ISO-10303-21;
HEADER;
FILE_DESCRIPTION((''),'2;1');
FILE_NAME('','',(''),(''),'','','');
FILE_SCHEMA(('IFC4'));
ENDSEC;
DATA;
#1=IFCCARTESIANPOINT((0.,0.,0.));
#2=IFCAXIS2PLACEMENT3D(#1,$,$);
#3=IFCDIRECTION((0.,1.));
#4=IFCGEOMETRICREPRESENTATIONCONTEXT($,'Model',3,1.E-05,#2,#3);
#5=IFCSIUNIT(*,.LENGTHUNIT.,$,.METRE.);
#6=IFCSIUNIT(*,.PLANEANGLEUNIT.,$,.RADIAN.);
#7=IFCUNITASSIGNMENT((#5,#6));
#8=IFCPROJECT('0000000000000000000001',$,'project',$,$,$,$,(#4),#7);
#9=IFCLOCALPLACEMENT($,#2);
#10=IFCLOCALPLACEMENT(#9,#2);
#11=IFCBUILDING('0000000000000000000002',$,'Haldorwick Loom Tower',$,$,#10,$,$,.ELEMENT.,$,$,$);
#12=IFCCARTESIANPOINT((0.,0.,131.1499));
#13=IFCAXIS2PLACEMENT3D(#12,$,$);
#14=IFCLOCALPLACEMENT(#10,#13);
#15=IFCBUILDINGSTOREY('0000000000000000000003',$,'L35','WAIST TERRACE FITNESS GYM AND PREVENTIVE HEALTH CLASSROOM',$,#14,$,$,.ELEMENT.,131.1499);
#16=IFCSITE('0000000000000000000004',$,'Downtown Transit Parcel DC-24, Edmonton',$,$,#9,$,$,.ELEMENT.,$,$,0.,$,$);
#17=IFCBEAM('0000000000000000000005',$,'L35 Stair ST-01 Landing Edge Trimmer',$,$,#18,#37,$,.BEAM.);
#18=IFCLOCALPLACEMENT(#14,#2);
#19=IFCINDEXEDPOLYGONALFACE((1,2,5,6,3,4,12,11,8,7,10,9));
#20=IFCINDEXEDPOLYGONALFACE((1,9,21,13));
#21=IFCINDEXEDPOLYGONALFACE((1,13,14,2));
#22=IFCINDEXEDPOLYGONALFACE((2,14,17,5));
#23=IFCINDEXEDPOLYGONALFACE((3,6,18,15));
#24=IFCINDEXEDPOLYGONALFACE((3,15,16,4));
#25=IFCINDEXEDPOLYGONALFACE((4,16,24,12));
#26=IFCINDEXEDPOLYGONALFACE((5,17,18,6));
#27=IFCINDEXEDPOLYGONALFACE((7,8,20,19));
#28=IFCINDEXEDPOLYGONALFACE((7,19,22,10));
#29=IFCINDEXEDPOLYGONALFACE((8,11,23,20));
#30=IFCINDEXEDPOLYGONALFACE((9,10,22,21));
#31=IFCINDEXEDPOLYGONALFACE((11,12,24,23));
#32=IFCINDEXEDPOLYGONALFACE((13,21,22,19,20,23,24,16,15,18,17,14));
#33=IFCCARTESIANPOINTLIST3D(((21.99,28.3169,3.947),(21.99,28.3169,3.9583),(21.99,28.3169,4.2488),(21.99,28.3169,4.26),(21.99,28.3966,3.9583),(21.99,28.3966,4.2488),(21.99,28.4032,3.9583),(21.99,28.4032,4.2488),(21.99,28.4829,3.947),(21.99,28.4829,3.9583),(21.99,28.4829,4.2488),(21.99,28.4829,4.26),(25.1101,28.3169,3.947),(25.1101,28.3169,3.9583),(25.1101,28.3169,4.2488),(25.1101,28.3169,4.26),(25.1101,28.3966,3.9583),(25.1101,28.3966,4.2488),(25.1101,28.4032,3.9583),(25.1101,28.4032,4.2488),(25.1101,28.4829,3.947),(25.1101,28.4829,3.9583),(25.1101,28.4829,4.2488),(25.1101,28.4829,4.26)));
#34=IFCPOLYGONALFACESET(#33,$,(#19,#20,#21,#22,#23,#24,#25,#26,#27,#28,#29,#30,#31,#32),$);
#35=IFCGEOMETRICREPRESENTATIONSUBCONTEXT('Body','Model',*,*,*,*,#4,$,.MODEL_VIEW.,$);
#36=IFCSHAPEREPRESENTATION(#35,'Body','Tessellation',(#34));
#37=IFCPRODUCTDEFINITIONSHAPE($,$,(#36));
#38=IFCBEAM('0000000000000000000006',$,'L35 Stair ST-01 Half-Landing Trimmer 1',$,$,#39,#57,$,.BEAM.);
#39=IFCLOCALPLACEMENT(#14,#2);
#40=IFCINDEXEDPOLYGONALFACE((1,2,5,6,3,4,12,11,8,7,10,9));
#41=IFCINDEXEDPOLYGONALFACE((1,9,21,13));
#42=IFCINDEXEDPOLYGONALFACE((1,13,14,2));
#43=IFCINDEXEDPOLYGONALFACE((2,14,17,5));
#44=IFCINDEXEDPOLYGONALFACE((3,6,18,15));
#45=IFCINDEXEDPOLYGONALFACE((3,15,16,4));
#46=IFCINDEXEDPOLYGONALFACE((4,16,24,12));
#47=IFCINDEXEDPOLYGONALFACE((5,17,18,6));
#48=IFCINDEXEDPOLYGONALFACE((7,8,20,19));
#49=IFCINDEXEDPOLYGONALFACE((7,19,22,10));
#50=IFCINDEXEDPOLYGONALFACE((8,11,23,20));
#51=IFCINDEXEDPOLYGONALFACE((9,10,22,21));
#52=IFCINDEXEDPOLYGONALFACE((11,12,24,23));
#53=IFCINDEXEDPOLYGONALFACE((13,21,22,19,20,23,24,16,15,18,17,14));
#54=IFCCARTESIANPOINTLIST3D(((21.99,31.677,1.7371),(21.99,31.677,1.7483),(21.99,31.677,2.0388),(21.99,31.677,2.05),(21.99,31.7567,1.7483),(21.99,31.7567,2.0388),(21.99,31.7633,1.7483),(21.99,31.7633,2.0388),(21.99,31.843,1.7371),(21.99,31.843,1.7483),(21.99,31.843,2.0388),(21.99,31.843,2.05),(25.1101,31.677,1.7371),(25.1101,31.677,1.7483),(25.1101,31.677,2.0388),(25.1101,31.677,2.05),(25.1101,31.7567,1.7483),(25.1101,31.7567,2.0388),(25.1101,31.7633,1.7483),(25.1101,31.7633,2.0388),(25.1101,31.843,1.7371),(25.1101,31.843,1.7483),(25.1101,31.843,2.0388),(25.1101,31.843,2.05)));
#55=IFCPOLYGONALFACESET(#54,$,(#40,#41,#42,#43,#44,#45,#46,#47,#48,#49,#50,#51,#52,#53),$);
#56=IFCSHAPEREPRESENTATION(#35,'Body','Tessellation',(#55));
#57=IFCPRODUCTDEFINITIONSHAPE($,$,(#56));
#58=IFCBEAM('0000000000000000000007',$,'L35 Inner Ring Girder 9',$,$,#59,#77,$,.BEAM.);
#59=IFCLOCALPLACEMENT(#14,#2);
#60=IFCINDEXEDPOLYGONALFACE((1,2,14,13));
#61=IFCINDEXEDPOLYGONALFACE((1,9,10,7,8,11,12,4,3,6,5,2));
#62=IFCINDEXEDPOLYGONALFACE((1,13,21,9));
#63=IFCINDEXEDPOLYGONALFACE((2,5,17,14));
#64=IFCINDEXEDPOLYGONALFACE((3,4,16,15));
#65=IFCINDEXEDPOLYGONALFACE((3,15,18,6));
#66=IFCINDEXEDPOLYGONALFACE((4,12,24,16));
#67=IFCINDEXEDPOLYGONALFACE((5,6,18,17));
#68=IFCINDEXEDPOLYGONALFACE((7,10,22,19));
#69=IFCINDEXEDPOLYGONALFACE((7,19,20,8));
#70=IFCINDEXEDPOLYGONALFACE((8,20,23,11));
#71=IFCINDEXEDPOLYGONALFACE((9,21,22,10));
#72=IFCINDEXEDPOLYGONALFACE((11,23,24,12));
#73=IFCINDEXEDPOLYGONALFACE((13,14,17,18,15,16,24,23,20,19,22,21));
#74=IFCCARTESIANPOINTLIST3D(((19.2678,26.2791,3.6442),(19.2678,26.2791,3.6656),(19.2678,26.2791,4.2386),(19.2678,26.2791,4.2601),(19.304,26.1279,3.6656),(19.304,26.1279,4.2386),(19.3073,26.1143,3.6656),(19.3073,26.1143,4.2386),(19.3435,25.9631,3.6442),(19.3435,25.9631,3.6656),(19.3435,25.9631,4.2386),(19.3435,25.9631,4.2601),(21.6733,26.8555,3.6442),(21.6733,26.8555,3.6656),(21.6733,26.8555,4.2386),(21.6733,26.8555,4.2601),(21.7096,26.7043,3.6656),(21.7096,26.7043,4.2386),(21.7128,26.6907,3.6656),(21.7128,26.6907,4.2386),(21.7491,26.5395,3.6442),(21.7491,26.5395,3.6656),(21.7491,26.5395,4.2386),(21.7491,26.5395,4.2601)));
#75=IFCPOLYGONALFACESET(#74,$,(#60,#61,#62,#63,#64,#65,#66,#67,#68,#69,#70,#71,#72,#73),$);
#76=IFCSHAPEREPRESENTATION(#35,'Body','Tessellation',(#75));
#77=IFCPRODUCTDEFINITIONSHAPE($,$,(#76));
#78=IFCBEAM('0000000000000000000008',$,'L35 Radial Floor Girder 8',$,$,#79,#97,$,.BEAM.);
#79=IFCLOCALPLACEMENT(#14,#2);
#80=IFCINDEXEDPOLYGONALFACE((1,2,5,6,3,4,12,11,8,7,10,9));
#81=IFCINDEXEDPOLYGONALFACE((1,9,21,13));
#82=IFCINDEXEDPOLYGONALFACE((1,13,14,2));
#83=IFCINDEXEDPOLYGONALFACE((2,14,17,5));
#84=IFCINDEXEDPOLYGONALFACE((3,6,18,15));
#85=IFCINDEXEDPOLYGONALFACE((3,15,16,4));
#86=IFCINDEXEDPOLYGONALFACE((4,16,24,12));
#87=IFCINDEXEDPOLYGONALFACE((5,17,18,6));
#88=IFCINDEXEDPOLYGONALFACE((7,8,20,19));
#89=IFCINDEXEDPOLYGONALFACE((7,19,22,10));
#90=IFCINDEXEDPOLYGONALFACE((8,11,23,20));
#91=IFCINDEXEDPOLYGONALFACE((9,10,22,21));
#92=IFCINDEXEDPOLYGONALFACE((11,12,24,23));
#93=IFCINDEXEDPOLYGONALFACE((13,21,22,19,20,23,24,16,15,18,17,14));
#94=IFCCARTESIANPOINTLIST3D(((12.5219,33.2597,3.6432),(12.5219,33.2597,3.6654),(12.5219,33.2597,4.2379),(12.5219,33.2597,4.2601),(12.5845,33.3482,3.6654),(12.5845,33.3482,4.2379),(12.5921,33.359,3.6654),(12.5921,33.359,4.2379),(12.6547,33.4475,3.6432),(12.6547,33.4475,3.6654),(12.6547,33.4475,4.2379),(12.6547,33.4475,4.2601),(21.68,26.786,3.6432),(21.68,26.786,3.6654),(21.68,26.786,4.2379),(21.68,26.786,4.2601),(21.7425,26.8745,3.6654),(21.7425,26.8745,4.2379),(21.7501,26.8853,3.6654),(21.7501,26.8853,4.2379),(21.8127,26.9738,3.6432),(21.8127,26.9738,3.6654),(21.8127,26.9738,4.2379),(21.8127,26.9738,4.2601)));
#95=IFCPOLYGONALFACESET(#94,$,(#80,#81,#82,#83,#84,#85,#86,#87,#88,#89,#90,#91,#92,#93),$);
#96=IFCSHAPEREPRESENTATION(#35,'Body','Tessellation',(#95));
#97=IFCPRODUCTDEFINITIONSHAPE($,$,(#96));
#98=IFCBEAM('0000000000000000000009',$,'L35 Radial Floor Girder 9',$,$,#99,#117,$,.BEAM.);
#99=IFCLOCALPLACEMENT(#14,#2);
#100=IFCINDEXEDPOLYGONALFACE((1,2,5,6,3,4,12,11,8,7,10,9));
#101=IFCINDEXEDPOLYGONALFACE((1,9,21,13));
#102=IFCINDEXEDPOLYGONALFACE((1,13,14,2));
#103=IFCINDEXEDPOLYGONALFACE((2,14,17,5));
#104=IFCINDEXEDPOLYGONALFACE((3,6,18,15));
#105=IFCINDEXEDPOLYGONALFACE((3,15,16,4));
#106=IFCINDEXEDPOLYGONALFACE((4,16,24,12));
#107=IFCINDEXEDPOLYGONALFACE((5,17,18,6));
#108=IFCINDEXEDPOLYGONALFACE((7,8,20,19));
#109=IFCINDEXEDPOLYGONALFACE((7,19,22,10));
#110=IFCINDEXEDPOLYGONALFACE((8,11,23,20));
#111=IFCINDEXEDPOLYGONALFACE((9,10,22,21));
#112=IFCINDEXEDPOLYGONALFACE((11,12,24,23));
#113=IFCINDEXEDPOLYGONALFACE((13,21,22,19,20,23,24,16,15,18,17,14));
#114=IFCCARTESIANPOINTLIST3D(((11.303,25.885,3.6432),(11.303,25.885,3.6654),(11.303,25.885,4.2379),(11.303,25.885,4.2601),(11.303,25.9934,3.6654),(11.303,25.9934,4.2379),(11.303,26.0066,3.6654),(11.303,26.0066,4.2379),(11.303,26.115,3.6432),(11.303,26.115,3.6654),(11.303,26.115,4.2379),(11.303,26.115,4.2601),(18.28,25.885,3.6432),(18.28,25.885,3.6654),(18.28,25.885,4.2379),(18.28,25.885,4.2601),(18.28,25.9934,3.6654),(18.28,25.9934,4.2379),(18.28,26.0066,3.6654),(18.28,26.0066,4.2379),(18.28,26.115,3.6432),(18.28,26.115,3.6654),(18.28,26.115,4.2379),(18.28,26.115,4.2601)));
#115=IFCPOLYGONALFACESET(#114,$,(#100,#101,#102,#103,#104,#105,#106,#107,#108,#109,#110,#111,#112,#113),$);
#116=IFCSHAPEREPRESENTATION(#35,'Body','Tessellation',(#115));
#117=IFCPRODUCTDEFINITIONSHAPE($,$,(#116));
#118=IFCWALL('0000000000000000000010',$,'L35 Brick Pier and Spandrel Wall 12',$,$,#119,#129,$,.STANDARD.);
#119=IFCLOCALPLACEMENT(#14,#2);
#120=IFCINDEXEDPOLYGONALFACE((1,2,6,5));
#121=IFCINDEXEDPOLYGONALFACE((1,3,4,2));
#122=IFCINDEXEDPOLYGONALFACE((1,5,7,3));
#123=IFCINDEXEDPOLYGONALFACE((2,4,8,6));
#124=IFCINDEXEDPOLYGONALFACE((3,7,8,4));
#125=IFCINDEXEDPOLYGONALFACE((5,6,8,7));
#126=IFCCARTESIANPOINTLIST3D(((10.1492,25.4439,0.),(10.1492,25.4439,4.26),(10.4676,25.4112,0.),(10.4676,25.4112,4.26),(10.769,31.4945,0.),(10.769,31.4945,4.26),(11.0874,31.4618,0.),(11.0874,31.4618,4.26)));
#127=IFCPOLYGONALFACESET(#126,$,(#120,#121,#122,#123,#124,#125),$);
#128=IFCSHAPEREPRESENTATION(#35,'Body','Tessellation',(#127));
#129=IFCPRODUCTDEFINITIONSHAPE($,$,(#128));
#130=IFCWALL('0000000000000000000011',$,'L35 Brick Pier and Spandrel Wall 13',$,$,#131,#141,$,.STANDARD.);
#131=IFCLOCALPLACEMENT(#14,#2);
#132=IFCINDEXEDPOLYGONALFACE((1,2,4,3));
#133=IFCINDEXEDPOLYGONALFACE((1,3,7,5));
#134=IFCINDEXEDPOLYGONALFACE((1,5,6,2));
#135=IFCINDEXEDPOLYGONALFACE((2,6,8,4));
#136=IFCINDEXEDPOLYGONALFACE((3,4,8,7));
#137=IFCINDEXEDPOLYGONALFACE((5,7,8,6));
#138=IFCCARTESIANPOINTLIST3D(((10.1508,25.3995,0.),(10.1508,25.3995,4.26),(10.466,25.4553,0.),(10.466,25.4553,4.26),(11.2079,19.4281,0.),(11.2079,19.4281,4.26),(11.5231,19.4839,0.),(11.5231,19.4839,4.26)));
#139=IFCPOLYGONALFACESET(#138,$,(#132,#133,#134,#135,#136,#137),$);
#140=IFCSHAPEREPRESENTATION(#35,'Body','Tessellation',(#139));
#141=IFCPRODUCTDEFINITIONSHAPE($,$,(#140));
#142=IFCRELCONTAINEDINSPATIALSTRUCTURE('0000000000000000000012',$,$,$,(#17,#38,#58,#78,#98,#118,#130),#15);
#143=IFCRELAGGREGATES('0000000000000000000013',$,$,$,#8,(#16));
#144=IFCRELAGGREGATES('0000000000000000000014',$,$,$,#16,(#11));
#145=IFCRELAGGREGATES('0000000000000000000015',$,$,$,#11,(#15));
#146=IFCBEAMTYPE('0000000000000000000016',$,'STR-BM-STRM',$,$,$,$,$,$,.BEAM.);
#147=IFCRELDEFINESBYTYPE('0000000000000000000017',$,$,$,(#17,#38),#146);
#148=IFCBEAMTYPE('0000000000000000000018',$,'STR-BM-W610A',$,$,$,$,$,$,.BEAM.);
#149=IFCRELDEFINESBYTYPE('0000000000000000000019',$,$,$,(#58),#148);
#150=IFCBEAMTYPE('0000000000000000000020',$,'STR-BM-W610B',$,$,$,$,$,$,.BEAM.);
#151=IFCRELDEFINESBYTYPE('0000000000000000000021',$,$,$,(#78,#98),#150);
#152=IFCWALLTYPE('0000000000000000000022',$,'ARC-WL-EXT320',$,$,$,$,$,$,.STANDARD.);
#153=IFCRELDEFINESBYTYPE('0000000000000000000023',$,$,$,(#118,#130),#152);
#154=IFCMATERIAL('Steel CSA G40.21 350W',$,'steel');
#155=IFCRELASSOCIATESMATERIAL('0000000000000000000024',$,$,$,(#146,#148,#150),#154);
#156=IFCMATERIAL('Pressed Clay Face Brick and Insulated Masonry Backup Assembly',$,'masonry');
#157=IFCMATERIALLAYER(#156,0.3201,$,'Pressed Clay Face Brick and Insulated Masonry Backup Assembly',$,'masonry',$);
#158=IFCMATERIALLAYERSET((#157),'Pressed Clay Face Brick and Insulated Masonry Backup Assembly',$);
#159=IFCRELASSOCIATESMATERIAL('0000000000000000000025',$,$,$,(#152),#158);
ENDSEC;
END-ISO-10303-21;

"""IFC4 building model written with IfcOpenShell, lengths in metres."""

from ifc_helpers import new_model, si_unit, direction, frame, frame_2d, origin, origin_2d, place, context, subcontext, project, spatial, rectangle, i_section, extrude, material, layer, layer_set, material_profile, profile_set, type_object, element, save


model = new_model("IFC4")

# Units and contexts
model_context = context("Model", 3, precision=1e-05, world=origin(), true_north=direction((0.0, 1.0)))
body_context = subcontext(model_context, "Body", "Model", "MODEL_VIEW")
ifc_project = project(units=[si_unit("LENGTHUNIT", "METRE"), si_unit("PLANEANGLEUNIT", "RADIAN")], contexts=[model_context])

# Site, building, storey
site_placement = place(None, origin())
site = spatial("IfcSite", under=ifc_project, at=site_placement, Name="Downtown Transit Parcel DC-24, Edmonton", CompositionType="ELEMENT", RefElevation=0.0)
building_placement = place(site_placement, origin())
building = spatial("IfcBuilding", under=site, at=building_placement, Name="Haldorwick Loom Tower", CompositionType="ELEMENT")
storey_placement = place(building_placement, frame((0.0, 0.0, 131.1499)))
storey = spatial("IfcBuildingStorey", under=building, at=storey_placement, Name="L35", Description="WAIST TERRACE FITNESS GYM AND PREVENTIVE HEALTH CLASSROOM", CompositionType="ELEMENT", Elevation=131.1499)

# Beams
ifc_material_1 = material(Name="Steel CSA G40.21 350W", Category="steel")
ifc_material_profile_1 = material_profile(ifc_material_1, i_section(OverallWidth=0.166, OverallDepth=0.313, WebThickness=0.0066, FlangeThickness=0.0112, at=origin_2d()), Name="W310X45", Category="steel")
ifc_profile_set_1 = profile_set([ifc_material_profile_1], Name="Steel CSA G40.21 350W")
beam_type_1 = type_object("IfcBeamType", Name="STR-BM-STRM", PredefinedType="BEAM", material=ifc_profile_set_1)
for number, where, z_axis, x_axis, name in (
    (1, (21.99, 28.3999, 4.1035), (1.0, 0.0, 0.0), (0.0, 1.0, 0.0), "L35 Stair ST-01 Landing Edge Trimmer"),
    (2, (21.99, 31.76, 1.8936), (1.0, 0.0, 0.0), (0.0, 1.0, 0.0), "L35 Stair ST-01 Half-Landing Trimmer 1"),
):
    element("IfcBeam", number, at=place(storey_placement, frame(where, z_axis=z_axis, x_axis=x_axis)), inside=storey, type_object=beam_type_1, Name=name, PredefinedType="BEAM", context=body_context, shape_type="SweptSolid", body=[
        extrude(i_section(OverallWidth=0.166, OverallDepth=0.313, WebThickness=0.0066, FlangeThickness=0.0112, at=origin_2d()), origin(), (0.0, 0.0, 1.0), 3.1201),
    ])
ifc_material_profile_2 = material_profile(ifc_material_1, i_section(OverallWidth=0.325, OverallDepth=0.616, WebThickness=0.0139, FlangeThickness=0.0215, at=origin_2d()), Name="W610X174", Category="steel")
ifc_profile_set_2 = profile_set([ifc_material_profile_2], Name="Steel CSA G40.21 350W")
beam_type_2 = type_object("IfcBeamType", Name="STR-BM-W610A", PredefinedType="BEAM", material=ifc_profile_set_2)
beam_1_placement = place(storey_placement, frame((19.3057, 26.1211, 3.9521), z_axis=(0.972471, 0.233026, 0.0), x_axis=(-0.233026, 0.972471, 0.0)))
element("IfcBeam", 3, at=beam_1_placement, inside=storey, type_object=beam_type_2, Name="L35 Inner Ring Girder 9", PredefinedType="BEAM", context=body_context, shape_type="SweptSolid", body=[
    extrude(i_section(OverallWidth=0.325, OverallDepth=0.616, WebThickness=0.0139, FlangeThickness=0.0215, at=origin_2d()), origin(), (0.0, 0.0, 1.0), 2.4736),
])
ifc_material_profile_3 = material_profile(ifc_material_1, i_section(OverallWidth=0.23, OverallDepth=0.6169, WebThickness=0.0132, FlangeThickness=0.0222, at=origin_2d()), Name="W610X140", Category="steel")
ifc_profile_set_3 = profile_set([ifc_material_profile_3], Name="Steel CSA G40.21 350W")
beam_type_3 = type_object("IfcBeamType", Name="STR-BM-W610B", PredefinedType="BEAM", material=ifc_profile_set_3)
beam_2_placement = place(storey_placement, frame((21.7463, 26.8799, 3.9517), z_axis=(-0.816582, 0.57723, 0.0), x_axis=(-0.57723, -0.816582, 0.0)))
element("IfcBeam", 4, at=beam_2_placement, inside=storey, type_object=beam_type_3, Name="L35 Radial Floor Girder 8", PredefinedType="BEAM", context=body_context, shape_type="SweptSolid", body=[
    extrude(i_section(OverallWidth=0.23, OverallDepth=0.6169, WebThickness=0.0132, FlangeThickness=0.0222, at=origin_2d()), origin(), (0.0, 0.0, 1.0), 11.2151),
])
beam_3_placement = place(storey_placement, frame((18.28, 26.0, 3.9517), z_axis=(-1.0, 0.0, 0.0), x_axis=(0.0, -1.0, 0.0)))
element("IfcBeam", 5, at=beam_3_placement, inside=storey, type_object=beam_type_3, Name="L35 Radial Floor Girder 9", PredefinedType="BEAM", context=body_context, shape_type="SweptSolid", body=[
    extrude(i_section(OverallWidth=0.23, OverallDepth=0.6169, WebThickness=0.0132, FlangeThickness=0.0222, at=origin_2d()), origin(), (0.0, 0.0, 1.0), 6.9771),
])

# Walls
ifc_material_2 = material(Name="Pressed Clay Face Brick and Insulated Masonry Backup Assembly", Category="masonry")
ifc_layer_1 = layer(ifc_material_2, 0.3201, Name="Pressed Clay Face Brick and Insulated Masonry Backup Assembly", Category="masonry")
ifc_layer_set_1 = layer_set([ifc_layer_1], Name="Pressed Clay Face Brick and Insulated Masonry Backup Assembly")
wall_type_1 = type_object("IfcWallType", Name="ARC-WL-EXT320", PredefinedType="STANDARD", material=ifc_layer_set_1)
wall_1_placement = place(storey_placement, frame((10.9282, 31.478, 0.0), z_axis=(0.0, 0.0, 1.0), x_axis=(-0.101916, -0.994793, 0.0)))
element("IfcWall", 6, at=wall_1_placement, inside=storey, type_object=wall_type_1, Name="L35 Brick Pier and Spandrel Wall 12", PredefinedType="STANDARD", context=body_context, shape_type="SweptSolid", body=[
    extrude(rectangle(XDim=6.0823, YDim=0.3201, at=frame_2d((3.041, 0.0))), origin(), (0.0, 0.0, 1.0), 4.26),
])
wall_2_placement = place(storey_placement, frame((10.3083, 25.4275, 0.0), z_axis=(0.0, 0.0, 1.0), x_axis=(0.17432, -0.984689, 0.0)))
element("IfcWall", 7, at=wall_2_placement, inside=storey, type_object=wall_type_1, Name="L35 Brick Pier and Spandrel Wall 13", PredefinedType="STANDARD", context=body_context, shape_type="SweptSolid", body=[
    extrude(rectangle(XDim=6.0642, YDim=0.3201, at=frame_2d((3.0322, 0.0))), origin(), (0.0, 0.0, 1.0), 4.26),
])

save(model, "model.ifc")
